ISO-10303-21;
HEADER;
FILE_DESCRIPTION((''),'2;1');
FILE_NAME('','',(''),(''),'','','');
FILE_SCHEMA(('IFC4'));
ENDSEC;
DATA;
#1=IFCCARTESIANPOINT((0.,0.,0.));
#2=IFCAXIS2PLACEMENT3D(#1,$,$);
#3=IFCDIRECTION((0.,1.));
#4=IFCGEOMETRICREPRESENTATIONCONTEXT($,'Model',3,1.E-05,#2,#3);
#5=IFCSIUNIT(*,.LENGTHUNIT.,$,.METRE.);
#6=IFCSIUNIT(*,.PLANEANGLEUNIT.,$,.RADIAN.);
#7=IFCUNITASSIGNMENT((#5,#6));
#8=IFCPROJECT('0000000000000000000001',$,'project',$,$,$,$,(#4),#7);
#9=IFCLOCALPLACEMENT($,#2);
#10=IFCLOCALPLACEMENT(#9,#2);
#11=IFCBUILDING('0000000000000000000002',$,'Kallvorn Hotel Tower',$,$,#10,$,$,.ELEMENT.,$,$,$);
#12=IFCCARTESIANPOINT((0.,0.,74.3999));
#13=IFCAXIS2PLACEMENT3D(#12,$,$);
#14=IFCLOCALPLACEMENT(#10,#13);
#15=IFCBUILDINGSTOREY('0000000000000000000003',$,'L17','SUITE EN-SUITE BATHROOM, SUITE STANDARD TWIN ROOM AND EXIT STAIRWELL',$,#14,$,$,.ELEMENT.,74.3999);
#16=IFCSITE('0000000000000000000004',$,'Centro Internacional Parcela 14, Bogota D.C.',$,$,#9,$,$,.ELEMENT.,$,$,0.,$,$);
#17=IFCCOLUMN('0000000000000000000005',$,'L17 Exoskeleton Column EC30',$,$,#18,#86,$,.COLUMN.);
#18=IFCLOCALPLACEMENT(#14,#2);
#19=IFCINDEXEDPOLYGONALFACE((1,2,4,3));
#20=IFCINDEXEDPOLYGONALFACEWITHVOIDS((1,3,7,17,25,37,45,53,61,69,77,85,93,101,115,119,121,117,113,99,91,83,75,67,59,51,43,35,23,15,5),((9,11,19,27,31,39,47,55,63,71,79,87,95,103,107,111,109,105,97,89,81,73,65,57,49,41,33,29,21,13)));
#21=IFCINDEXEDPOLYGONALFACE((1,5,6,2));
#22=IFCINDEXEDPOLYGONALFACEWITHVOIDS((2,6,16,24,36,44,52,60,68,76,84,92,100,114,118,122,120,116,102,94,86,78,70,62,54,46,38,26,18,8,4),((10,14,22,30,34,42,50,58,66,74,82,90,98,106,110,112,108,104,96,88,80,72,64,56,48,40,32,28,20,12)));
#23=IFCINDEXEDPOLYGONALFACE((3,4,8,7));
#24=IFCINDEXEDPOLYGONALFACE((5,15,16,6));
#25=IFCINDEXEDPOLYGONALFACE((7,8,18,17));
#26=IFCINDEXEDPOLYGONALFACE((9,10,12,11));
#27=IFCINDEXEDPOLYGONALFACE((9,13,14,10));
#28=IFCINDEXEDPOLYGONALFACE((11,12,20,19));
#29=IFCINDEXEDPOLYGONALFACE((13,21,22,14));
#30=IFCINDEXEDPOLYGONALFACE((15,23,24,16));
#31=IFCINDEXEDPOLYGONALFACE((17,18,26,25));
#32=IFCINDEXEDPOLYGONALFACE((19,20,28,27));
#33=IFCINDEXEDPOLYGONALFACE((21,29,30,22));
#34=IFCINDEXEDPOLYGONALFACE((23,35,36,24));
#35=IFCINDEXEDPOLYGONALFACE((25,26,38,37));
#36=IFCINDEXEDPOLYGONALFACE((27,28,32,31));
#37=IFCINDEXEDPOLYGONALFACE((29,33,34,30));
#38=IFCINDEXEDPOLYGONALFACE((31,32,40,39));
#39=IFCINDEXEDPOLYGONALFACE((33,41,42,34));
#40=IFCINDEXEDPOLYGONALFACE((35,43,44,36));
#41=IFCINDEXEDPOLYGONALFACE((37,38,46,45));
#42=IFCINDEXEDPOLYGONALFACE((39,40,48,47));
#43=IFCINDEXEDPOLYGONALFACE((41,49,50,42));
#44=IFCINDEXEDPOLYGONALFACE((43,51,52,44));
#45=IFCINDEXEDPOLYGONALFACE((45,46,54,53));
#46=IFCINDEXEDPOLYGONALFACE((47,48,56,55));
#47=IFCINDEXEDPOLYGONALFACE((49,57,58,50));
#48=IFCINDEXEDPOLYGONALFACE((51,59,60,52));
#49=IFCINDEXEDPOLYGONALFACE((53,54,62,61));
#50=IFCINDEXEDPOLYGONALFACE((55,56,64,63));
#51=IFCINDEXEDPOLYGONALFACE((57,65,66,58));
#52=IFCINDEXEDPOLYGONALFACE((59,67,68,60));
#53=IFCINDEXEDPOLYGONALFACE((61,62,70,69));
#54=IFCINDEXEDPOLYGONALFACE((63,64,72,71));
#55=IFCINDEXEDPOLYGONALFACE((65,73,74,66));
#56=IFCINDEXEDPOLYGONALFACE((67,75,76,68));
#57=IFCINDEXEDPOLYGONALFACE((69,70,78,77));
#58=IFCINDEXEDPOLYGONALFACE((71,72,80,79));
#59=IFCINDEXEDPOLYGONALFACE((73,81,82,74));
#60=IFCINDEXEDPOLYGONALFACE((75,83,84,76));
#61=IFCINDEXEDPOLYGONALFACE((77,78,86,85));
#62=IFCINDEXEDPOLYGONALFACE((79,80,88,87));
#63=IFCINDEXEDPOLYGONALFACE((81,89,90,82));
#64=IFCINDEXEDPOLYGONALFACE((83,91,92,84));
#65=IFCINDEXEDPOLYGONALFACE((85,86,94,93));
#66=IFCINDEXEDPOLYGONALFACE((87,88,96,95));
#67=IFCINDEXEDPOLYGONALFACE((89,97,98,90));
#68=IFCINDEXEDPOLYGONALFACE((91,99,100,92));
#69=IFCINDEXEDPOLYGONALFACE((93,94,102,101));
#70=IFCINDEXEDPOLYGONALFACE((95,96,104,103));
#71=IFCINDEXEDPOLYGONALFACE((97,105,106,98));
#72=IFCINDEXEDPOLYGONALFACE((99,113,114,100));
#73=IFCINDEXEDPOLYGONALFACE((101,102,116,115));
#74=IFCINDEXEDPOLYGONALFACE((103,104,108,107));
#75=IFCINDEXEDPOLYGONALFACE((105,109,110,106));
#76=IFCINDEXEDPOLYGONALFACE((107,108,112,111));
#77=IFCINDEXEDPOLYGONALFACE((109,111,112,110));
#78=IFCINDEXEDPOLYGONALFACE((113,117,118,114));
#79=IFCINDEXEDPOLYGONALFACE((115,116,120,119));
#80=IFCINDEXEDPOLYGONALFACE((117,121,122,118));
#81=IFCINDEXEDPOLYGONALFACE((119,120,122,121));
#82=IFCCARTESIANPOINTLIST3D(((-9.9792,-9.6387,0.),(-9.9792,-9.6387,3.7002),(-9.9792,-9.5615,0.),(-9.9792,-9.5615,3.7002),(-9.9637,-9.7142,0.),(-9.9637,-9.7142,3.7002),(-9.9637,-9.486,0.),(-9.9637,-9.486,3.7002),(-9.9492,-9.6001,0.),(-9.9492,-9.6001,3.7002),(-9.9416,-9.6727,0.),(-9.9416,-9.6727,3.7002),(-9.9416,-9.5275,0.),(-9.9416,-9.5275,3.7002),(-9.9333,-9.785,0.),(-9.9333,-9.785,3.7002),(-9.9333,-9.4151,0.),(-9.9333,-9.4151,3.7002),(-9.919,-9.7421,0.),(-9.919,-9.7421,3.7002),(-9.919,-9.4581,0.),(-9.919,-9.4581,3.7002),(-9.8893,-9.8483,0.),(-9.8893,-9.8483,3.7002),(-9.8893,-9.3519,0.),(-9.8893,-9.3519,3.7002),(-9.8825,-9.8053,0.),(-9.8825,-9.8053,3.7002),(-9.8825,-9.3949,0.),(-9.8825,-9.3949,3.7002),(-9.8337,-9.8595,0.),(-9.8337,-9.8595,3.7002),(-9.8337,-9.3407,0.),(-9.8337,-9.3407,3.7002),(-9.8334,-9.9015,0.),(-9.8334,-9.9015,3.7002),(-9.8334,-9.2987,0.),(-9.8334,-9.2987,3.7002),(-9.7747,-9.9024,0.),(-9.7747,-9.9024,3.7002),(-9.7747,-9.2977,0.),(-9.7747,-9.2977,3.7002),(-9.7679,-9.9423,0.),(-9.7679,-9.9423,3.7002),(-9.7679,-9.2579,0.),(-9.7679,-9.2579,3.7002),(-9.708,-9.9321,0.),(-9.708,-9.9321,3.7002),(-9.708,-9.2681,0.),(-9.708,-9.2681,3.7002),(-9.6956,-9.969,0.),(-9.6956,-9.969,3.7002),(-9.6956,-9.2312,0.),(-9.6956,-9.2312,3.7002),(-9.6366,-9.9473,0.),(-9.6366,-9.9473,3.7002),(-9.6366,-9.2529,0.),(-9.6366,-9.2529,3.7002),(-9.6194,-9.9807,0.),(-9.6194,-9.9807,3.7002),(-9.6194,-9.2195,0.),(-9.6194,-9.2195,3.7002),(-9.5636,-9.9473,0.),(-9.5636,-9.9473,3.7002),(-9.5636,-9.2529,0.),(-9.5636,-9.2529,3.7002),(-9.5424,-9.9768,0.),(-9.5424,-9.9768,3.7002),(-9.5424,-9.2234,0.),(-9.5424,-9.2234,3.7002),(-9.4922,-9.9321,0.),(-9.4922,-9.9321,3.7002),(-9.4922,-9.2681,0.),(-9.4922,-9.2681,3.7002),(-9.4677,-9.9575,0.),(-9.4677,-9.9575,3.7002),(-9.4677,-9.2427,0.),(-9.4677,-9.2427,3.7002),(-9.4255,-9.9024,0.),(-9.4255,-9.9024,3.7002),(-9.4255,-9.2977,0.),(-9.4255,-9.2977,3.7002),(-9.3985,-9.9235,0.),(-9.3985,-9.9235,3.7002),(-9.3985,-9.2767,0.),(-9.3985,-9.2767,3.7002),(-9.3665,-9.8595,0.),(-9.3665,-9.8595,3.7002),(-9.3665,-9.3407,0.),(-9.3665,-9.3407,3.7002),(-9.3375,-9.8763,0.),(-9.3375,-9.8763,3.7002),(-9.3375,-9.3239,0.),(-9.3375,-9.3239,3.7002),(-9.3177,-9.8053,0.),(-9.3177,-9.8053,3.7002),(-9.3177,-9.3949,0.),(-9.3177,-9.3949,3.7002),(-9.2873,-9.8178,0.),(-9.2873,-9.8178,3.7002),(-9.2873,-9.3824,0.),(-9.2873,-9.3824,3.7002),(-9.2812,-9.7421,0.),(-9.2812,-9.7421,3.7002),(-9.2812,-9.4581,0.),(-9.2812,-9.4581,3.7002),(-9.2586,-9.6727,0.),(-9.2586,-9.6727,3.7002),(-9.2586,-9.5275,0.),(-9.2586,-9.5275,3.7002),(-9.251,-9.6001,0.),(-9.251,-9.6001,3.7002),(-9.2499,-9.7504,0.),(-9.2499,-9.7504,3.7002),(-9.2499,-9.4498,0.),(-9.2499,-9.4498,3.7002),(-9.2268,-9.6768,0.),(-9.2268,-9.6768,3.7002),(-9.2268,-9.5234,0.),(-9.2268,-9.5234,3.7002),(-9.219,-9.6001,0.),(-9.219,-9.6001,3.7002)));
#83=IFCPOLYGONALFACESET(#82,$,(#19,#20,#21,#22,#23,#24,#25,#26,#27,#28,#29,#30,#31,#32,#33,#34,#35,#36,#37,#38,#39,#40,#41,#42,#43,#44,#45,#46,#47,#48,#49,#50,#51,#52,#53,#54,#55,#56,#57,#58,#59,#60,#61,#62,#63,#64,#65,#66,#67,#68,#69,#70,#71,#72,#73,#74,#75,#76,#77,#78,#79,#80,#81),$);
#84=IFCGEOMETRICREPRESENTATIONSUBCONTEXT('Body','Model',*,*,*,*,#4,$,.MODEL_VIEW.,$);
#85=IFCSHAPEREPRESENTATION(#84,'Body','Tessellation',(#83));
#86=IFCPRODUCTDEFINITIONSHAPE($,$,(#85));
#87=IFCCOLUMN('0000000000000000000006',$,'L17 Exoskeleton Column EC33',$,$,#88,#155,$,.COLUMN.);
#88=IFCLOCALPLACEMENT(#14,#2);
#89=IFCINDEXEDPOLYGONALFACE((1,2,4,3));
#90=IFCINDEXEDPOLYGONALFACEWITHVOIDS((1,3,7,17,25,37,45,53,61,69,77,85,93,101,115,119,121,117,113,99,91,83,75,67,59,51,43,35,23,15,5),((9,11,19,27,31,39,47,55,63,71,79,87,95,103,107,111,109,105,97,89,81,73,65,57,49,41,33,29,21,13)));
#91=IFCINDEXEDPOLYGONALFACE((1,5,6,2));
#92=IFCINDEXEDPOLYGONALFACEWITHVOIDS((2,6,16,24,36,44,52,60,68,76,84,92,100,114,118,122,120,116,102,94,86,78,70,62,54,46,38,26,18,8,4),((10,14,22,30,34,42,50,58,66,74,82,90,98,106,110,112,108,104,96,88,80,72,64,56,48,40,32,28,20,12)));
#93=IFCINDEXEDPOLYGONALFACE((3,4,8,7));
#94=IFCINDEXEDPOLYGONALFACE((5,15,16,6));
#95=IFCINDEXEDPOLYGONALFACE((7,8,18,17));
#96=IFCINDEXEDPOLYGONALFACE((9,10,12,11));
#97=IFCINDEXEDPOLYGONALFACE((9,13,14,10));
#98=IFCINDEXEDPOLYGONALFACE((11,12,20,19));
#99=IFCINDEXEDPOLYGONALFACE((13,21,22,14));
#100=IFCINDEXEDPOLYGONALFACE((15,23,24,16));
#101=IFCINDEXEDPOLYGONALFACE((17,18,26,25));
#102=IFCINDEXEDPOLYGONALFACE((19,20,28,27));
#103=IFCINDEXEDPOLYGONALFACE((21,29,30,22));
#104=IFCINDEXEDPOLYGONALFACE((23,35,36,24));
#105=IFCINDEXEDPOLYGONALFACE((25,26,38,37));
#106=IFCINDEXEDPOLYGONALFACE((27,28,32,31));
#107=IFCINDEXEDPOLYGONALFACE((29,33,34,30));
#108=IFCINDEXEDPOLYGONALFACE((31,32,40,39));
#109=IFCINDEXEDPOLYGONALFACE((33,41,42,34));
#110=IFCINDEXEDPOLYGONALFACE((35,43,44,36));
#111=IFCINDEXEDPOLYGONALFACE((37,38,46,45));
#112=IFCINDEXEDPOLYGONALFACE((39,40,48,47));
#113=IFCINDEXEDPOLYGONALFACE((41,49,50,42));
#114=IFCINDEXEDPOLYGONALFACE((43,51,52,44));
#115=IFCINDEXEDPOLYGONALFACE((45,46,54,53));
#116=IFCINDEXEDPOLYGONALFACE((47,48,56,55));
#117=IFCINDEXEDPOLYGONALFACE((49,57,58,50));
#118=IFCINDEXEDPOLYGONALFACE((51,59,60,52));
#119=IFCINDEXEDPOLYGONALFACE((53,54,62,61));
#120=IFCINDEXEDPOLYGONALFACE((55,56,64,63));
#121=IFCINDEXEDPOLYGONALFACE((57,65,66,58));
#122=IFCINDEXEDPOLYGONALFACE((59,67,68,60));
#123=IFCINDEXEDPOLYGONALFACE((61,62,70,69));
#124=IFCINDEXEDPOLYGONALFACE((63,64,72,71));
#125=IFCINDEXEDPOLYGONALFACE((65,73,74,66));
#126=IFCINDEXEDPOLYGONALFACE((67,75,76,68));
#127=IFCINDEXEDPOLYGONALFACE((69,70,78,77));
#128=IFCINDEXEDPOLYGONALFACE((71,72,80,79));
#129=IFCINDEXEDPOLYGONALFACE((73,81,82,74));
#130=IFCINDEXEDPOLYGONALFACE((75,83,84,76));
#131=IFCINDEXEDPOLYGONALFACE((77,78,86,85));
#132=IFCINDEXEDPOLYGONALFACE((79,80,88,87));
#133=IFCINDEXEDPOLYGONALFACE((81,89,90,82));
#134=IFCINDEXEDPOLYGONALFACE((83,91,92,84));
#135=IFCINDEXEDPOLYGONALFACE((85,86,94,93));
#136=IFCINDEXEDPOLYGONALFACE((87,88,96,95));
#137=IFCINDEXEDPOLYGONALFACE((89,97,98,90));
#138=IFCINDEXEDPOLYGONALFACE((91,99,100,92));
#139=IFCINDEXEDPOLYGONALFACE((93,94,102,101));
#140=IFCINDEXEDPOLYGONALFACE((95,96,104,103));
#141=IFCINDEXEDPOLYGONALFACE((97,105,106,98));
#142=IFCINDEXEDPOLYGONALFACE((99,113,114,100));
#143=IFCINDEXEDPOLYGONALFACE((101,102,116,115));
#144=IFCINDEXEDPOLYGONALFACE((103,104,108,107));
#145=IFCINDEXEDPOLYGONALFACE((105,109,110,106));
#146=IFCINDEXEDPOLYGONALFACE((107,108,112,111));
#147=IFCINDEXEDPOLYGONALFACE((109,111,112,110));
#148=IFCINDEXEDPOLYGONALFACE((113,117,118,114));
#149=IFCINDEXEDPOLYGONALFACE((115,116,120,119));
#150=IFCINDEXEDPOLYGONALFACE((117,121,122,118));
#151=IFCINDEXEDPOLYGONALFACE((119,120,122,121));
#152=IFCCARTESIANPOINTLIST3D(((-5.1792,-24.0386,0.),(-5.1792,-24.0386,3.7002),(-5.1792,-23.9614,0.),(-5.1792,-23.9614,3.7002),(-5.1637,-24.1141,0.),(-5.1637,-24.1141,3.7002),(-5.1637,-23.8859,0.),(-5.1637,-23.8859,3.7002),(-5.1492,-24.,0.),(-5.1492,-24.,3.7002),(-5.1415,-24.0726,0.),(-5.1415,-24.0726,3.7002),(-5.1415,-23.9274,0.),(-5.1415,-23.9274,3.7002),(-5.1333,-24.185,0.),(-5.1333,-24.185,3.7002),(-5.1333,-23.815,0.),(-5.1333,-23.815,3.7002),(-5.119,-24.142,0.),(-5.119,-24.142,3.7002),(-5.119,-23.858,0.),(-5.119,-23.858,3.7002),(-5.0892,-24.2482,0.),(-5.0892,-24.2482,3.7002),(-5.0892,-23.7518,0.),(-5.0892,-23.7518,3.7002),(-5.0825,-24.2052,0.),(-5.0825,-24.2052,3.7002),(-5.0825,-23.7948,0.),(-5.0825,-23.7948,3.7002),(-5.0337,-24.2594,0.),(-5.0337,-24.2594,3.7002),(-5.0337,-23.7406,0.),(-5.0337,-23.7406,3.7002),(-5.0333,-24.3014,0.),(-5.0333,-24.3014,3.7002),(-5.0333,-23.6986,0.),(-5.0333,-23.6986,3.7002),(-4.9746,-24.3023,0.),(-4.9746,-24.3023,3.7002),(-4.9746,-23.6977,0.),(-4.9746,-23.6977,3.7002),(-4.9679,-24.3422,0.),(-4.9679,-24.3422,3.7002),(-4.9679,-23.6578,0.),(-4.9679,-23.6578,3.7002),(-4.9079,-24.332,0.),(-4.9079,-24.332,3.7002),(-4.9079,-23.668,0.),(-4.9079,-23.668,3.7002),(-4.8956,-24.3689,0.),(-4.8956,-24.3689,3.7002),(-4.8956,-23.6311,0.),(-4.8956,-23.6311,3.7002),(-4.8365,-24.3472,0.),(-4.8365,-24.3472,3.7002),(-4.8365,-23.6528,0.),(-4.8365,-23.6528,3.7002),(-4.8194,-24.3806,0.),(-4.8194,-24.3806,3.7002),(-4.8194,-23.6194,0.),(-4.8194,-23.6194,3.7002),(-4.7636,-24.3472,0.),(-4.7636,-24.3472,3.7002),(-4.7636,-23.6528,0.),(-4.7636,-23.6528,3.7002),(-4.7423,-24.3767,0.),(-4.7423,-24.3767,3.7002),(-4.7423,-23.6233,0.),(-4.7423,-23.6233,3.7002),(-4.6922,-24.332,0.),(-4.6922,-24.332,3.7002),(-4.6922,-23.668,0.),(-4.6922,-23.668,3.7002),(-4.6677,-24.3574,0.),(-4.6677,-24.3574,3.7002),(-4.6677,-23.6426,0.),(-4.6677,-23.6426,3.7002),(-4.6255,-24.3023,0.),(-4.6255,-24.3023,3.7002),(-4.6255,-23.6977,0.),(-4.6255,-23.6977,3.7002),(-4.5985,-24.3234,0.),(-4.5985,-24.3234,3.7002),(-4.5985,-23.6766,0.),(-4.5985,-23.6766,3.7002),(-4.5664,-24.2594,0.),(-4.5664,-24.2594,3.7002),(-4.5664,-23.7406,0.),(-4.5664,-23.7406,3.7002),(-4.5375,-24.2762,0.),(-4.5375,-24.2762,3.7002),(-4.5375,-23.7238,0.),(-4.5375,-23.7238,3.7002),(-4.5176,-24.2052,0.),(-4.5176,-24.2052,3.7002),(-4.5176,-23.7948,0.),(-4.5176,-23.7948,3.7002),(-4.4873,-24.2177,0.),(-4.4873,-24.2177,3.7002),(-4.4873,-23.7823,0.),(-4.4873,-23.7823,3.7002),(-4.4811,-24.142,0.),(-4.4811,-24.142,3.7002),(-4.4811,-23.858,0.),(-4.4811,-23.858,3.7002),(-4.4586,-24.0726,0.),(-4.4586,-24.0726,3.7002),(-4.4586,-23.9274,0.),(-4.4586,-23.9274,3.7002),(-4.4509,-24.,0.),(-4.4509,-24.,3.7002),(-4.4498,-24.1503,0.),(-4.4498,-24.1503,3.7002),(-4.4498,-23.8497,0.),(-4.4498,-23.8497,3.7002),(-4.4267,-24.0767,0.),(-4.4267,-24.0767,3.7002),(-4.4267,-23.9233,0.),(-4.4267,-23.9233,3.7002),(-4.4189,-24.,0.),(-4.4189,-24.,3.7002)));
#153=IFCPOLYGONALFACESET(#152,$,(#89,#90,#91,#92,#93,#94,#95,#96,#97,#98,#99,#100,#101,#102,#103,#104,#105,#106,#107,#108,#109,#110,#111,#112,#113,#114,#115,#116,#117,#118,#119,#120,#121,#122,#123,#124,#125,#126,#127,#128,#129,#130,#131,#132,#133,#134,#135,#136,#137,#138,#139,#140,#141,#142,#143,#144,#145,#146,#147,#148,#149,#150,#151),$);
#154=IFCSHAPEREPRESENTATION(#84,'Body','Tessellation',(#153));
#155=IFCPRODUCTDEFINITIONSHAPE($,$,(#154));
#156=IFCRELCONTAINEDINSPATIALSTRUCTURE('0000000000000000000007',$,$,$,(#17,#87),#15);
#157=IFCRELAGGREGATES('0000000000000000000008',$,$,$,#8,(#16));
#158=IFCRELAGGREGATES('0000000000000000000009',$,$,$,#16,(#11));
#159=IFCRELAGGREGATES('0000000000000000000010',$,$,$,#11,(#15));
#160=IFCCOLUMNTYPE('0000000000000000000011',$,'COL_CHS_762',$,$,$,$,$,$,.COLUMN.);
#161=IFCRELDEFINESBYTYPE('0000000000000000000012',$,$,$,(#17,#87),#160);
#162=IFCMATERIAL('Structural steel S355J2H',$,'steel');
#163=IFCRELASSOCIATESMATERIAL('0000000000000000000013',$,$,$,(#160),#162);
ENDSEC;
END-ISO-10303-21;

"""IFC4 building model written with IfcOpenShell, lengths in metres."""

from ifc_helpers import new_model, si_unit, direction, frame, origin, origin_2d, place, context, subcontext, project, spatial, hollow_circle, extrude, material, material_profile, profile_set, type_object, element, save


model = new_model("IFC4")

# Units and contexts
model_context = context("Model", 3, precision=1e-05, world=origin(), true_north=direction((0.0, 1.0)))
body_context = subcontext(model_context, "Body", "Model", "MODEL_VIEW")
ifc_project = project(units=[si_unit("LENGTHUNIT", "METRE"), si_unit("PLANEANGLEUNIT", "RADIAN")], contexts=[model_context])

# Site, building, storey
site_placement = place(None, origin())
site = spatial("IfcSite", under=ifc_project, at=site_placement, Name="Centro Internacional Parcela 14, Bogota D.C.", CompositionType="ELEMENT", RefElevation=0.0)
building_placement = place(site_placement, origin())
building = spatial("IfcBuilding", under=site, at=building_placement, Name="Kallvorn Hotel Tower", CompositionType="ELEMENT")
storey_placement = place(building_placement, frame((0.0, 0.0, 74.3999)))
storey = spatial("IfcBuildingStorey", under=building, at=storey_placement, Name="L17", Description="SUITE EN-SUITE BATHROOM, SUITE STANDARD TWIN ROOM AND EXIT STAIRWELL", CompositionType="ELEMENT", Elevation=74.3999)

# Columns
ifc_material_1 = material(Name="Structural steel S355J2H", Category="steel")
ifc_material_profile_1 = material_profile(ifc_material_1, hollow_circle(Radius=0.3811, WallThickness=0.032, at=origin_2d()), Name="CHS 762x32")
ifc_profile_set_1 = profile_set([ifc_material_profile_1], Name="Structural steel S355J2H")
column_type_1 = type_object("IfcColumnType", Name="COL_CHS_762", PredefinedType="COLUMN", material=ifc_profile_set_1)
for number, where, z_axis, x_axis, name in (
    (1, (-9.6001, -9.6001, 0.0), (0.0, 0.0, 1.0), (1.0, 0.0, 0.0), "L17 Exoskeleton Column EC30"),
    (2, (-4.8, -24.0, 0.0), (0.0, 0.0, 1.0), (1.0, 0.0, 0.0), "L17 Exoskeleton Column EC33"),
):
    element("IfcColumn", number, at=place(storey_placement, frame(where, z_axis=z_axis, x_axis=x_axis)), inside=storey, type_object=column_type_1, Name=name, PredefinedType="COLUMN", context=body_context, shape_type="SweptSolid", body=[
        extrude(hollow_circle(Radius=0.3811, WallThickness=0.032, at=origin_2d()), origin(), (0.0, 0.0, 1.0), 3.7002),
    ])

save(model, "model.ifc")
